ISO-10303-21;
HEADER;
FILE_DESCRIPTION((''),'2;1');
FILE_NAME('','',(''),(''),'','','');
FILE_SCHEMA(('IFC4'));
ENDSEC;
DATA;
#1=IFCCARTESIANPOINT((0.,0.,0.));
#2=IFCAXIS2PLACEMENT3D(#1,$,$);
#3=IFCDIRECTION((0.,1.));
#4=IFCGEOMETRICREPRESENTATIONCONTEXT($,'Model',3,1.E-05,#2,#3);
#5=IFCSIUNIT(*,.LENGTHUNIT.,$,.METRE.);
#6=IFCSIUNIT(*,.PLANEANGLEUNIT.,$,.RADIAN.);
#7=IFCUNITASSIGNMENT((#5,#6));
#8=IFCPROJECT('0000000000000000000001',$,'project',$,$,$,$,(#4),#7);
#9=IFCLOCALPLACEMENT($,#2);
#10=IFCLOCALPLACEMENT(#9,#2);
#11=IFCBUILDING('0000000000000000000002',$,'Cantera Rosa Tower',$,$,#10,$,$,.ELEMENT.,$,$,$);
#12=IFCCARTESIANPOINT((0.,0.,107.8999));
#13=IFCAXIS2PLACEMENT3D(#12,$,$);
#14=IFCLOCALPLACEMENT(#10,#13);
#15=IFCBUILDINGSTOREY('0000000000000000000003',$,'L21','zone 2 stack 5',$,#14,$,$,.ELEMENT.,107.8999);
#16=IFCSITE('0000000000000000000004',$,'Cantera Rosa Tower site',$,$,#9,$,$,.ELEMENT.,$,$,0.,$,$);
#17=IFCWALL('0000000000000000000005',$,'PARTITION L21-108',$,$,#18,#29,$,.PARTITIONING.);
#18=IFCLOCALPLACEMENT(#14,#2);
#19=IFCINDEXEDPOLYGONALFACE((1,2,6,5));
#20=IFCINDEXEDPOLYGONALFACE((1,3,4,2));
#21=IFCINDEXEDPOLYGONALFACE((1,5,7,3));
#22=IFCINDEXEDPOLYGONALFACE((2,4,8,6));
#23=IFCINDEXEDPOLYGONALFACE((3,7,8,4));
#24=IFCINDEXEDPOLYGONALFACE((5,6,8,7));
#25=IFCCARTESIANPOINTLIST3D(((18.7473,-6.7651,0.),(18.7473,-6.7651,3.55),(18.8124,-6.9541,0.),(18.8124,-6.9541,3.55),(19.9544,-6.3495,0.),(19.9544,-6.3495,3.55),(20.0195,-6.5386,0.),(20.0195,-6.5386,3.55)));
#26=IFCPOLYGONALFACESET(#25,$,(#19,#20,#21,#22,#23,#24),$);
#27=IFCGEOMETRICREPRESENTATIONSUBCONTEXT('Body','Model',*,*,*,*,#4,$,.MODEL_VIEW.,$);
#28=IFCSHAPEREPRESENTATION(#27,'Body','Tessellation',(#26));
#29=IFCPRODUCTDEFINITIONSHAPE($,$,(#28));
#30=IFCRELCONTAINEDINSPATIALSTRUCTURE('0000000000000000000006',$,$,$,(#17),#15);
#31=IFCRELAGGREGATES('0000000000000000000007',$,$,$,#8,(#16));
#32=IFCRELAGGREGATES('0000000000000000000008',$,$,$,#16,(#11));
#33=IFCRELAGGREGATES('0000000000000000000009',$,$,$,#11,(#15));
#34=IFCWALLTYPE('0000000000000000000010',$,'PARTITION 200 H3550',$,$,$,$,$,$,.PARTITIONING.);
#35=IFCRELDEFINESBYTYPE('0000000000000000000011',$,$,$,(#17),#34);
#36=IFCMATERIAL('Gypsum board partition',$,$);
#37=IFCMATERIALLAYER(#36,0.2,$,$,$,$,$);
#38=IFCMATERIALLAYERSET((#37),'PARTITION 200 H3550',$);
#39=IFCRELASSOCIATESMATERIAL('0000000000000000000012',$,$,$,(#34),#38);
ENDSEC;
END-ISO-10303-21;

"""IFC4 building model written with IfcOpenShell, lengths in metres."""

from ifc_helpers import new_model, si_unit, direction, frame, frame_2d, origin, place, context, subcontext, project, spatial, rectangle, extrude, material, layer, layer_set, type_object, element, save


model = new_model("IFC4")

# Units and contexts
model_context = context("Model", 3, precision=1e-05, world=origin(), true_north=direction((0.0, 1.0)))
body_context = subcontext(model_context, "Body", "Model", "MODEL_VIEW")
ifc_project = project(units=[si_unit("LENGTHUNIT", "METRE"), si_unit("PLANEANGLEUNIT", "RADIAN")], contexts=[model_context])

# Site, building, storey
site_placement = place(None, origin())
site = spatial("IfcSite", under=ifc_project, at=site_placement, Name="Cantera Rosa Tower site", CompositionType="ELEMENT", RefElevation=0.0)
building_placement = place(site_placement, origin())
building = spatial("IfcBuilding", under=site, at=building_placement, Name="Cantera Rosa Tower", CompositionType="ELEMENT")
storey_placement = place(building_placement, frame((0.0, 0.0, 107.8999)))
storey = spatial("IfcBuildingStorey", under=building, at=storey_placement, Name="L21", Description="zone 2 stack 5", CompositionType="ELEMENT", Elevation=107.8999)

# Wall
ifc_material_1 = material(Name="Gypsum board partition")
ifc_layer_1 = layer(ifc_material_1, 0.2)
ifc_layer_set_1 = layer_set([ifc_layer_1], Name="PARTITION 200 H3550")
wall_type_1 = type_object("IfcWallType", Name="PARTITION 200 H3550", PredefinedType="PARTITIONING", material=ifc_layer_set_1)
wall_1_placement = place(storey_placement, frame((19.9868, -6.4441, 0.0), z_axis=(0.0, 0.0, 1.0), x_axis=(-0.94554, -0.325507, 0.0)))
element("IfcWall", 1, at=wall_1_placement, inside=storey, type_object=wall_type_1, Name="PARTITION L21-108", PredefinedType="PARTITIONING", context=body_context, shape_type="SweptSolid", body=[
    extrude(rectangle(XDim=1.2766, YDim=0.2, at=frame_2d((0.6382, 0.0))), origin(), (0.0, 0.0, 1.0), 3.55),
])

save(model, "model.ifc")
